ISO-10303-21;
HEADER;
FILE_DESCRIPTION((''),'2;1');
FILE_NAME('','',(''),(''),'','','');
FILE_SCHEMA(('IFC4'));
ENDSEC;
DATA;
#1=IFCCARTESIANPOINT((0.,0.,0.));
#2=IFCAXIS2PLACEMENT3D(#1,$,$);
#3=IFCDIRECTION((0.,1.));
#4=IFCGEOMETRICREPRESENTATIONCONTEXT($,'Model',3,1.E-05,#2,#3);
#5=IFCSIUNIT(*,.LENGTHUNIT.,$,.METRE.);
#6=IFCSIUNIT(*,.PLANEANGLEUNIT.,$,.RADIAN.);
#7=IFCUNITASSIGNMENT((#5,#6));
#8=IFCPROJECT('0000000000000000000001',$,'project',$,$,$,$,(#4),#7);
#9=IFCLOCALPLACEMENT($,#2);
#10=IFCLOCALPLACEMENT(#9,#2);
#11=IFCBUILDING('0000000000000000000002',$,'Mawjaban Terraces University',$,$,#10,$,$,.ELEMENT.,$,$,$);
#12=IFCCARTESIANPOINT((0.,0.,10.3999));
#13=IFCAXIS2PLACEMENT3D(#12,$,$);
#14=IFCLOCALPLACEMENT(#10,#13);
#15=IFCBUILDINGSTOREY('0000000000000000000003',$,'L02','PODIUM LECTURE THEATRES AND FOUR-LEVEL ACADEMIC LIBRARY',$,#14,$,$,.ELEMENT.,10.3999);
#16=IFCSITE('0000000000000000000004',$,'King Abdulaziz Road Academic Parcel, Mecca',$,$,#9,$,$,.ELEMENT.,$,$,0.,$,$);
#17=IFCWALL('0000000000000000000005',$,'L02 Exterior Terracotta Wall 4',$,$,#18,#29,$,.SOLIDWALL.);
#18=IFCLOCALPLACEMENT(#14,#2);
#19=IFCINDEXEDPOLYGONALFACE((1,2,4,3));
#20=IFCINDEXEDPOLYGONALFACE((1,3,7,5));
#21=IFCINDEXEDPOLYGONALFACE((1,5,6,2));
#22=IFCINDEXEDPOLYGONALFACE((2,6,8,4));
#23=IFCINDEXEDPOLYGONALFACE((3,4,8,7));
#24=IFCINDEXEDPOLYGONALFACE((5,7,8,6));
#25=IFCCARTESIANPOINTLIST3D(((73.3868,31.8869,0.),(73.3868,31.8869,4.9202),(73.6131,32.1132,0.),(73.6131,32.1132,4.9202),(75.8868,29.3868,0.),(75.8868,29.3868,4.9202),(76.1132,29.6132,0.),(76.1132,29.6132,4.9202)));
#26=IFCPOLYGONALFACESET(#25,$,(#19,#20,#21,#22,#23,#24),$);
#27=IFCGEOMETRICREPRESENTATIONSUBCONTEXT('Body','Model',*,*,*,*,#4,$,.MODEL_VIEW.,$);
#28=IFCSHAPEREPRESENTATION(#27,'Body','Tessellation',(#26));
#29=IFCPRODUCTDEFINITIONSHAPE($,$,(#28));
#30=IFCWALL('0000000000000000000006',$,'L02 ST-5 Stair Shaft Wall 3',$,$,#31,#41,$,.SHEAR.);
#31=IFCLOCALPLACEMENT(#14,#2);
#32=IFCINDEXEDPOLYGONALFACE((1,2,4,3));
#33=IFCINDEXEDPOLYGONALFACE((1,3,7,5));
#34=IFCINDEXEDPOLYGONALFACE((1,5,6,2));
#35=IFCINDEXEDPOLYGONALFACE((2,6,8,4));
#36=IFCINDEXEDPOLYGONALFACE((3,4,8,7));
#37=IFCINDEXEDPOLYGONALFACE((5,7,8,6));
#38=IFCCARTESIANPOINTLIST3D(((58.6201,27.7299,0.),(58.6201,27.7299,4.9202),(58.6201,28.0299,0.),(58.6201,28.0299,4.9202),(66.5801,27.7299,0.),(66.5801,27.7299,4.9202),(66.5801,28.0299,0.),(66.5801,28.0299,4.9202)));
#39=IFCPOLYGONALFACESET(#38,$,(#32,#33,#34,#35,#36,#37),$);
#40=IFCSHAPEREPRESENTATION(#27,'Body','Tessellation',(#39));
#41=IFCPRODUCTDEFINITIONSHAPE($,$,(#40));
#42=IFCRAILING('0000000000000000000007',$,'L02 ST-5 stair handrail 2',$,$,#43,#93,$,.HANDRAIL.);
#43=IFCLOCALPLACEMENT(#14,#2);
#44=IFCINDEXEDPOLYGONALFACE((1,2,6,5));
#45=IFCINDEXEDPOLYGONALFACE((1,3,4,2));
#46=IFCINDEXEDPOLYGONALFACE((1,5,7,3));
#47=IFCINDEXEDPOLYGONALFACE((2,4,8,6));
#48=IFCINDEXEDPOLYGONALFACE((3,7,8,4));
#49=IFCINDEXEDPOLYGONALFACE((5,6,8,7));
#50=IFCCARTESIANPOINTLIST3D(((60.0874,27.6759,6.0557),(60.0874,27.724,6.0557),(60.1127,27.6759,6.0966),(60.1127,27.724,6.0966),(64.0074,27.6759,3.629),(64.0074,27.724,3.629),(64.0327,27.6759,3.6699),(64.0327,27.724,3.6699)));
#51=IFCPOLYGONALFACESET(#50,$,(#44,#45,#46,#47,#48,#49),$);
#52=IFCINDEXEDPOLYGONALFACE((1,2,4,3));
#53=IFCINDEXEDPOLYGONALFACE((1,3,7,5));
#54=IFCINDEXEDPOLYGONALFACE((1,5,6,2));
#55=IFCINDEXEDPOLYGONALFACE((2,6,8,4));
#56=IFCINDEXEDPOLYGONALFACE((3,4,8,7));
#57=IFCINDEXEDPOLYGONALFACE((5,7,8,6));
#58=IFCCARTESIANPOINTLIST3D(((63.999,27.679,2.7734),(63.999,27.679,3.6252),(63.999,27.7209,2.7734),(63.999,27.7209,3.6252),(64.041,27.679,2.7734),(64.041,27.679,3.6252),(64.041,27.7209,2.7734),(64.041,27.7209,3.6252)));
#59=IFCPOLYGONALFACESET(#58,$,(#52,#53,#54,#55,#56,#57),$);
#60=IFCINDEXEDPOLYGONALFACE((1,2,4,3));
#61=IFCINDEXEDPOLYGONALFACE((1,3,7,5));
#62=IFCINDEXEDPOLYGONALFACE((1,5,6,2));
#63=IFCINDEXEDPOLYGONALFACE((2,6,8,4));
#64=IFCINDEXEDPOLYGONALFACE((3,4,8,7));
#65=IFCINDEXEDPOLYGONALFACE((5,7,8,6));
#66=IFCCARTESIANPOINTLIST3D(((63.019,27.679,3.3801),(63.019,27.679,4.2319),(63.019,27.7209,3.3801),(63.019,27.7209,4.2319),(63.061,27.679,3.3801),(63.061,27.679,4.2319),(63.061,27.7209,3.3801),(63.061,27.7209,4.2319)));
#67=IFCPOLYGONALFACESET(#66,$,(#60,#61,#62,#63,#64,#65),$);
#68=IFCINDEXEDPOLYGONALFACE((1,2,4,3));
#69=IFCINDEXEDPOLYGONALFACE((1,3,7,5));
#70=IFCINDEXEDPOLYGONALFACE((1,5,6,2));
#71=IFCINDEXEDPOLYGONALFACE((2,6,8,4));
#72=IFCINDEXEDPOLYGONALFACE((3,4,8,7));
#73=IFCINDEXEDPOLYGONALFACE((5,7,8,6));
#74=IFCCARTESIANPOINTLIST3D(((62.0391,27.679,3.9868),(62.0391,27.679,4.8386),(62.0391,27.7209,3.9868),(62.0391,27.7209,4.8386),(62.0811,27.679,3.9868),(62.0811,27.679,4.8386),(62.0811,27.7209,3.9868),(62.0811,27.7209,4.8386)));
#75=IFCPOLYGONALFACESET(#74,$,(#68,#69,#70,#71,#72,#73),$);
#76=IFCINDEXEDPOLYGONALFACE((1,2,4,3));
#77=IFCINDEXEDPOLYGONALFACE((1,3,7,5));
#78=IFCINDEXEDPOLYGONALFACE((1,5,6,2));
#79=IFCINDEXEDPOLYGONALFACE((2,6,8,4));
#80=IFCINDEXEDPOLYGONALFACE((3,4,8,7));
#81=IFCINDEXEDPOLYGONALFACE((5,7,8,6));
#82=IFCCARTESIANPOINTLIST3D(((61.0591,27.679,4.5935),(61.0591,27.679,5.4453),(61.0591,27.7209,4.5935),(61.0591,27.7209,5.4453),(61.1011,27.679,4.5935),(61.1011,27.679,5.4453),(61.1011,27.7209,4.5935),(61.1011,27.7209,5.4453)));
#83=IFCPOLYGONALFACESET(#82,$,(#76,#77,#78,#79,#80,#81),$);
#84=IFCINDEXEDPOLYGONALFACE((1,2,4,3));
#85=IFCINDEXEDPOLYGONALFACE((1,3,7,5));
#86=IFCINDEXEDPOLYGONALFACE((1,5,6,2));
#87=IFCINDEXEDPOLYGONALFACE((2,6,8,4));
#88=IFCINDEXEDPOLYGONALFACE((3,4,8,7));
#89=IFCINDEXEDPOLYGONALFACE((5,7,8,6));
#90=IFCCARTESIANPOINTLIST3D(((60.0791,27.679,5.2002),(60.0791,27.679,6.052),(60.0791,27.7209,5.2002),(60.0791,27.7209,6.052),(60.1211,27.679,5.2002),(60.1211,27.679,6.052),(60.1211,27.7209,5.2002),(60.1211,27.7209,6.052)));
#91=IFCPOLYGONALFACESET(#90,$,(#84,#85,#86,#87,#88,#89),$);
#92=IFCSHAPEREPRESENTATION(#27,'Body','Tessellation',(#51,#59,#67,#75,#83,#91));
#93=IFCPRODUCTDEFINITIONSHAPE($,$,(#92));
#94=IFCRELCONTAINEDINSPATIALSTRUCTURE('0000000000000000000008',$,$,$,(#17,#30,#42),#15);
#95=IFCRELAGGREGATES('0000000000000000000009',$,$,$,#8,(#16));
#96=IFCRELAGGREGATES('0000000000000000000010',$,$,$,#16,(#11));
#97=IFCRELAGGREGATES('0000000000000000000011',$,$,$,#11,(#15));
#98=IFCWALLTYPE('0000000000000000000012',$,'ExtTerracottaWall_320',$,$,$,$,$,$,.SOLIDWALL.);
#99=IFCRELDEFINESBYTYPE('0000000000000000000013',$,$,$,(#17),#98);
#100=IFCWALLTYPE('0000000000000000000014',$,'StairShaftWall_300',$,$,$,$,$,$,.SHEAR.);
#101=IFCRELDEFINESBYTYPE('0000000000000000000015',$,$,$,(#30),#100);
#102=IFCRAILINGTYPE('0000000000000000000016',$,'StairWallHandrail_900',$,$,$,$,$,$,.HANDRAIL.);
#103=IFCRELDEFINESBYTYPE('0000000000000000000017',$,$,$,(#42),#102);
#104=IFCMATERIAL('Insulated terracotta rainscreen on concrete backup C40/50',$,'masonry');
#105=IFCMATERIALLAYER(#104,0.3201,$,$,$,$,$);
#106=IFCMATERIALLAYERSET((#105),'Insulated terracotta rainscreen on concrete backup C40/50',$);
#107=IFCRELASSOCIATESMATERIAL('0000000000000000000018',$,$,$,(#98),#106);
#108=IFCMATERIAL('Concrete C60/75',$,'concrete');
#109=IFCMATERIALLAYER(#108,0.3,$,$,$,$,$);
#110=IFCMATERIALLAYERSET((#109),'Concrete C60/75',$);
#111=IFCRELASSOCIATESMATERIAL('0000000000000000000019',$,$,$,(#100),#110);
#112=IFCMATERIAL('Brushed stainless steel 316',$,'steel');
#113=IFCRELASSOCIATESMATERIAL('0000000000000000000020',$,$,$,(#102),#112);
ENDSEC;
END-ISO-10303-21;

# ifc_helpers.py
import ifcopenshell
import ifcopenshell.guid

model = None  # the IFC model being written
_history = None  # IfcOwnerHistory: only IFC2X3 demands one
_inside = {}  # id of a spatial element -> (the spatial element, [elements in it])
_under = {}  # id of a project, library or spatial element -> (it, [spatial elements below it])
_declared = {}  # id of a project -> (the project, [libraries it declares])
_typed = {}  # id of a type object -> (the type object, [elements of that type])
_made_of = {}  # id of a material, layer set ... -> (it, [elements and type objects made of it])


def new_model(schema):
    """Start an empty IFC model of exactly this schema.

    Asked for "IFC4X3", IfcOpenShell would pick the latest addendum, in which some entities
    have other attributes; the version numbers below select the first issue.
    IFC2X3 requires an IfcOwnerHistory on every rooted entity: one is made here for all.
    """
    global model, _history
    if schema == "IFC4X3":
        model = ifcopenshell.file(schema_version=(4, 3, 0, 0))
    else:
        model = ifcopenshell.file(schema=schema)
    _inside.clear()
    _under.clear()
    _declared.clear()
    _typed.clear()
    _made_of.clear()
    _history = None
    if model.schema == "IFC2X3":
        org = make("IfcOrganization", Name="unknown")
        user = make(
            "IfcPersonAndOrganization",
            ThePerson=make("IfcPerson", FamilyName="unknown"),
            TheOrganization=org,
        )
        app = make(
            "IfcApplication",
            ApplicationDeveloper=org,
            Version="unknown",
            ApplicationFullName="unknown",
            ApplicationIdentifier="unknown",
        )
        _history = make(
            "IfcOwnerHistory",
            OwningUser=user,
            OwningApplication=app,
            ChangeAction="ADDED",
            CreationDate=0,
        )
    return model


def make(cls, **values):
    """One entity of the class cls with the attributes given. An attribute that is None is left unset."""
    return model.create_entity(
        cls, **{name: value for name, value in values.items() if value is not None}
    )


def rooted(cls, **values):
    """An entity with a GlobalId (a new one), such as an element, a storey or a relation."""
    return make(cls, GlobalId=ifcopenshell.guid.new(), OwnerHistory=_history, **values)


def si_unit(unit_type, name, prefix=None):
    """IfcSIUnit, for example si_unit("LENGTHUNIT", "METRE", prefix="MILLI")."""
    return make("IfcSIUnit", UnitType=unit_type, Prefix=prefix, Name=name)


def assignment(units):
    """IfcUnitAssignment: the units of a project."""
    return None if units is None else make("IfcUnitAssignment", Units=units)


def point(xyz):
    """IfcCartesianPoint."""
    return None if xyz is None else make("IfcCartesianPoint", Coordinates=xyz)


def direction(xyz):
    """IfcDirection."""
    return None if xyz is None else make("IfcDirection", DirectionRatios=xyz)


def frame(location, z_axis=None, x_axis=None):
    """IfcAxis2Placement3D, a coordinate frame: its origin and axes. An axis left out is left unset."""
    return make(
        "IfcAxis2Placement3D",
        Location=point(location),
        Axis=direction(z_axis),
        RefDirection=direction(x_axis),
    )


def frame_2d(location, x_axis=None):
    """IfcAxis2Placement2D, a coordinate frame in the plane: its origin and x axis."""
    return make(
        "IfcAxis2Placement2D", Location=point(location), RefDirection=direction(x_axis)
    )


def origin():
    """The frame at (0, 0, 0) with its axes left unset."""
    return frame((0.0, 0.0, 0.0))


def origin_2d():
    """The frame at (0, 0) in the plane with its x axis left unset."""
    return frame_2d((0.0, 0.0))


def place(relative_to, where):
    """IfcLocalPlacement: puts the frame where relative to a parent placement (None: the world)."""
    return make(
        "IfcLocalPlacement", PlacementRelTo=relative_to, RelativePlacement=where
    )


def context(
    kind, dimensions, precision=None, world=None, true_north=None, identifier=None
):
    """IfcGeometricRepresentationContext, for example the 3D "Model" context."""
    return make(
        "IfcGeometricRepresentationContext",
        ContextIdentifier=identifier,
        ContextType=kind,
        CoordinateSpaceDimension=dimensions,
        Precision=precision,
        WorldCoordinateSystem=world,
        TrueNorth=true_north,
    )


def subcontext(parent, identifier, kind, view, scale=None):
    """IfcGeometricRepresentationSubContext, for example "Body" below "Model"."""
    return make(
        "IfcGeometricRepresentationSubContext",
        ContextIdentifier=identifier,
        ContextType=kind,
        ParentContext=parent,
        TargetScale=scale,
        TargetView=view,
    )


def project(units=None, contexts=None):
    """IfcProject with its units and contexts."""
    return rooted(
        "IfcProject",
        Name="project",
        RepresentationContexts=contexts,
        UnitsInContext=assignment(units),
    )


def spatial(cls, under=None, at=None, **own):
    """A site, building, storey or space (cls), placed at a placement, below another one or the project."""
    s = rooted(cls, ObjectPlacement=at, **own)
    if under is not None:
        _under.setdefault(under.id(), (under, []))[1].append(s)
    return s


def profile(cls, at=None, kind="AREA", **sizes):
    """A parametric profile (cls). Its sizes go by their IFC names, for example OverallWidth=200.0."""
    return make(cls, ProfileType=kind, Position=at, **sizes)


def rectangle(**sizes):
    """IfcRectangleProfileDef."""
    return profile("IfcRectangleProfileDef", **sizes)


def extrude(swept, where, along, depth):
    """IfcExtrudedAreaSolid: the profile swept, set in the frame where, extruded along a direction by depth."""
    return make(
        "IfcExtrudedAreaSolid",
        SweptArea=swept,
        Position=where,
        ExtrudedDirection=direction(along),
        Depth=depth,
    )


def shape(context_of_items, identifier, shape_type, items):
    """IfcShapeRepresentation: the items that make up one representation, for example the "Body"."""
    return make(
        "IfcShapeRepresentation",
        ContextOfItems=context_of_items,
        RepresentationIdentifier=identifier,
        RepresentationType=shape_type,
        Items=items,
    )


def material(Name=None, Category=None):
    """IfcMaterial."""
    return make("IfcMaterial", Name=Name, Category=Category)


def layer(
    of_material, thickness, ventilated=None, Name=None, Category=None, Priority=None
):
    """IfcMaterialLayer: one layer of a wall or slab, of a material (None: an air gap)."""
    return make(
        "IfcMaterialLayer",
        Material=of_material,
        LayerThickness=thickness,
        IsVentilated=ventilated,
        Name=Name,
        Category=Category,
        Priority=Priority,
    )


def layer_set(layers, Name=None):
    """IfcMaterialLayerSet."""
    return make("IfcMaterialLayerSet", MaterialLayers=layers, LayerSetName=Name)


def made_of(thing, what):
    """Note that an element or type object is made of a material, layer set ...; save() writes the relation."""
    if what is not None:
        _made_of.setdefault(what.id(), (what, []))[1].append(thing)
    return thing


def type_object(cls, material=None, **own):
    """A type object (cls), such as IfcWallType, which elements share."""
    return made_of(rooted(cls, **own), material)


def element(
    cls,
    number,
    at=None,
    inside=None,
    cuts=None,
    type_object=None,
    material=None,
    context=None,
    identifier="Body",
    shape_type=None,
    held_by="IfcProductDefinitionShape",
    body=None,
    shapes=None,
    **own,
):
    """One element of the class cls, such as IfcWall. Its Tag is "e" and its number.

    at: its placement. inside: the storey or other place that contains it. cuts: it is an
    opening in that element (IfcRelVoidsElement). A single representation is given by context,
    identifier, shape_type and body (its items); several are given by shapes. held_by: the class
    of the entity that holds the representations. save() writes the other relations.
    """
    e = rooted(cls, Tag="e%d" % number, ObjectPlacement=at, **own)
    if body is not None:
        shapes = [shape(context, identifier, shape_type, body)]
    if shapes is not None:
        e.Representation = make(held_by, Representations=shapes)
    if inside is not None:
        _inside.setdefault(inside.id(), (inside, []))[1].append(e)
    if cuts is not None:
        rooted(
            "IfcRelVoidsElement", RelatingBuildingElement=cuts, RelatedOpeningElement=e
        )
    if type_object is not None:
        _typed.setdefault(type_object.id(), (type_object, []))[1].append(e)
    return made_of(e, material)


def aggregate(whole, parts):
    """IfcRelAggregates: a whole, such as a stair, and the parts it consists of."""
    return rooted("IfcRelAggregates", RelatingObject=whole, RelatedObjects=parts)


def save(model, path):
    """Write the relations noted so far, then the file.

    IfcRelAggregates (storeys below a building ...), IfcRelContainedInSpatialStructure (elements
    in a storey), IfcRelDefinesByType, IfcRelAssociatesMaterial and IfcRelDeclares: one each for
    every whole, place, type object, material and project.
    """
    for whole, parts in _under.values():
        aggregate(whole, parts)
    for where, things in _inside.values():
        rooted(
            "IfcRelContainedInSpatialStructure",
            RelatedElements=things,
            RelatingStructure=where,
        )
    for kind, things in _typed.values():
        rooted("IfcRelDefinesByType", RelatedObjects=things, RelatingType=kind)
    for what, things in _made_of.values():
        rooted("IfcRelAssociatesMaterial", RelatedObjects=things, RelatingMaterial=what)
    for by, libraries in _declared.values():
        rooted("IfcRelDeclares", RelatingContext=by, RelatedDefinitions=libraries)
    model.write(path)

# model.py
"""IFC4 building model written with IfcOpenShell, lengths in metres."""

from ifc_helpers import new_model, si_unit, direction, frame, frame_2d, origin, origin_2d, place, context, subcontext, project, spatial, rectangle, extrude, material, layer, layer_set, type_object, element, save


model = new_model("IFC4")

# Units and contexts
model_context = context("Model", 3, precision=1e-05, world=origin(), true_north=direction((0.0, 1.0)))
body_context = subcontext(model_context, "Body", "Model", "MODEL_VIEW")
ifc_project = project(units=[si_unit("LENGTHUNIT", "METRE"), si_unit("PLANEANGLEUNIT", "RADIAN")], contexts=[model_context])

# Site, building, storey
site_placement = place(None, origin())
site = spatial("IfcSite", under=ifc_project, at=site_placement, Name="King Abdulaziz Road Academic Parcel, Mecca", CompositionType="ELEMENT", RefElevation=0.0)
building_placement = place(site_placement, origin())
building = spatial("IfcBuilding", under=site, at=building_placement, Name="Mawjaban Terraces University", CompositionType="ELEMENT")
storey_placement = place(building_placement, frame((0.0, 0.0, 10.3999)))
storey = spatial("IfcBuildingStorey", under=building, at=storey_placement, Name="L02", Description="PODIUM LECTURE THEATRES AND FOUR-LEVEL ACADEMIC LIBRARY", CompositionType="ELEMENT", Elevation=10.3999)

# Walls
ifc_material_1 = material(Name="Insulated terracotta rainscreen on concrete backup C40/50", Category="masonry")
ifc_layer_1 = layer(ifc_material_1, 0.3201)
ifc_layer_set_1 = layer_set([ifc_layer_1], Name="Insulated terracotta rainscreen on concrete backup C40/50")
wall_type_1 = type_object("IfcWallType", Name="ExtTerracottaWall_320", PredefinedType="SOLIDWALL", material=ifc_layer_set_1)
wall_1_placement = place(storey_placement, frame((76.0, 29.5, 0.0), z_axis=(0.0, 0.0, 1.0), x_axis=(-0.707107, 0.707107, 0.0)))
element("IfcWall", 1, at=wall_1_placement, inside=storey, type_object=wall_type_1, Name="L02 Exterior Terracotta Wall 4", PredefinedType="SOLIDWALL", context=body_context, shape_type="SweptSolid", body=[
    extrude(rectangle(XDim=3.5356, YDim=0.3201, at=frame_2d((1.7678, 0.0))), origin(), (0.0, 0.0, 1.0), 4.9202),
])
ifc_material_2 = material(Name="Concrete C60/75", Category="concrete")
ifc_layer_2 = layer(ifc_material_2, 0.3)
ifc_layer_set_2 = layer_set([ifc_layer_2], Name="Concrete C60/75")
wall_type_2 = type_object("IfcWallType", Name="StairShaftWall_300", PredefinedType="SHEAR", material=ifc_layer_set_2)
wall_2_placement = place(storey_placement, frame((66.5801, 27.8799, 0.0), z_axis=(0.0, 0.0, 1.0), x_axis=(-1.0, 0.0, 0.0)))
element("IfcWall", 2, at=wall_2_placement, inside=storey, type_object=wall_type_2, Name="L02 ST-5 Stair Shaft Wall 3", PredefinedType="SHEAR", context=body_context, shape_type="SweptSolid", body=[
    extrude(rectangle(XDim=7.96, YDim=0.3, at=frame_2d((3.98, 0.0))), origin(), (0.0, 0.0, 1.0), 4.9202),
])

# Railing
ifc_material_3 = material(Name="Brushed stainless steel 316", Category="steel")
railing_type = type_object("IfcRailingType", Name="StairWallHandrail_900", PredefinedType="HANDRAIL", material=ifc_material_3)
railing_placement = place(storey_placement, frame((64.02, 27.7, 2.7734)))
element("IfcRailing", 3, at=railing_placement, inside=storey, type_object=railing_type, Name="L02 ST-5 stair handrail 2", PredefinedType="HANDRAIL", context=body_context, shape_type="SweptSolid", body=[
    extrude(rectangle(XDim=0.0481, YDim=0.0481, at=origin_2d()), frame((0.0, 0.0, 0.876), z_axis=(-0.850252, 0.0, 0.526376), x_axis=(0.0, -1.0, 0.0)), (0.0, 0.0, 1.0), 4.6104),
    extrude(rectangle(XDim=0.042, YDim=0.042, at=origin_2d()), origin(), (0.0, 0.0, 1.0), 0.8518),
    extrude(rectangle(XDim=0.042, YDim=0.042, at=origin_2d()), frame((-0.98, 0.0, 0.6067)), (0.0, 0.0, 1.0), 0.8518),
    extrude(rectangle(XDim=0.042, YDim=0.042, at=origin_2d()), frame((-1.96, 0.0, 1.2134)), (0.0, 0.0, 1.0), 0.8518),
    extrude(rectangle(XDim=0.042, YDim=0.042, at=origin_2d()), frame((-2.9399, 0.0, 1.8201)), (0.0, 0.0, 1.0), 0.8518),
    extrude(rectangle(XDim=0.042, YDim=0.042, at=origin_2d()), frame((-3.9199, 0.0, 2.4268)), (0.0, 0.0, 1.0), 0.8518),
])

save(model, "model.ifc")
